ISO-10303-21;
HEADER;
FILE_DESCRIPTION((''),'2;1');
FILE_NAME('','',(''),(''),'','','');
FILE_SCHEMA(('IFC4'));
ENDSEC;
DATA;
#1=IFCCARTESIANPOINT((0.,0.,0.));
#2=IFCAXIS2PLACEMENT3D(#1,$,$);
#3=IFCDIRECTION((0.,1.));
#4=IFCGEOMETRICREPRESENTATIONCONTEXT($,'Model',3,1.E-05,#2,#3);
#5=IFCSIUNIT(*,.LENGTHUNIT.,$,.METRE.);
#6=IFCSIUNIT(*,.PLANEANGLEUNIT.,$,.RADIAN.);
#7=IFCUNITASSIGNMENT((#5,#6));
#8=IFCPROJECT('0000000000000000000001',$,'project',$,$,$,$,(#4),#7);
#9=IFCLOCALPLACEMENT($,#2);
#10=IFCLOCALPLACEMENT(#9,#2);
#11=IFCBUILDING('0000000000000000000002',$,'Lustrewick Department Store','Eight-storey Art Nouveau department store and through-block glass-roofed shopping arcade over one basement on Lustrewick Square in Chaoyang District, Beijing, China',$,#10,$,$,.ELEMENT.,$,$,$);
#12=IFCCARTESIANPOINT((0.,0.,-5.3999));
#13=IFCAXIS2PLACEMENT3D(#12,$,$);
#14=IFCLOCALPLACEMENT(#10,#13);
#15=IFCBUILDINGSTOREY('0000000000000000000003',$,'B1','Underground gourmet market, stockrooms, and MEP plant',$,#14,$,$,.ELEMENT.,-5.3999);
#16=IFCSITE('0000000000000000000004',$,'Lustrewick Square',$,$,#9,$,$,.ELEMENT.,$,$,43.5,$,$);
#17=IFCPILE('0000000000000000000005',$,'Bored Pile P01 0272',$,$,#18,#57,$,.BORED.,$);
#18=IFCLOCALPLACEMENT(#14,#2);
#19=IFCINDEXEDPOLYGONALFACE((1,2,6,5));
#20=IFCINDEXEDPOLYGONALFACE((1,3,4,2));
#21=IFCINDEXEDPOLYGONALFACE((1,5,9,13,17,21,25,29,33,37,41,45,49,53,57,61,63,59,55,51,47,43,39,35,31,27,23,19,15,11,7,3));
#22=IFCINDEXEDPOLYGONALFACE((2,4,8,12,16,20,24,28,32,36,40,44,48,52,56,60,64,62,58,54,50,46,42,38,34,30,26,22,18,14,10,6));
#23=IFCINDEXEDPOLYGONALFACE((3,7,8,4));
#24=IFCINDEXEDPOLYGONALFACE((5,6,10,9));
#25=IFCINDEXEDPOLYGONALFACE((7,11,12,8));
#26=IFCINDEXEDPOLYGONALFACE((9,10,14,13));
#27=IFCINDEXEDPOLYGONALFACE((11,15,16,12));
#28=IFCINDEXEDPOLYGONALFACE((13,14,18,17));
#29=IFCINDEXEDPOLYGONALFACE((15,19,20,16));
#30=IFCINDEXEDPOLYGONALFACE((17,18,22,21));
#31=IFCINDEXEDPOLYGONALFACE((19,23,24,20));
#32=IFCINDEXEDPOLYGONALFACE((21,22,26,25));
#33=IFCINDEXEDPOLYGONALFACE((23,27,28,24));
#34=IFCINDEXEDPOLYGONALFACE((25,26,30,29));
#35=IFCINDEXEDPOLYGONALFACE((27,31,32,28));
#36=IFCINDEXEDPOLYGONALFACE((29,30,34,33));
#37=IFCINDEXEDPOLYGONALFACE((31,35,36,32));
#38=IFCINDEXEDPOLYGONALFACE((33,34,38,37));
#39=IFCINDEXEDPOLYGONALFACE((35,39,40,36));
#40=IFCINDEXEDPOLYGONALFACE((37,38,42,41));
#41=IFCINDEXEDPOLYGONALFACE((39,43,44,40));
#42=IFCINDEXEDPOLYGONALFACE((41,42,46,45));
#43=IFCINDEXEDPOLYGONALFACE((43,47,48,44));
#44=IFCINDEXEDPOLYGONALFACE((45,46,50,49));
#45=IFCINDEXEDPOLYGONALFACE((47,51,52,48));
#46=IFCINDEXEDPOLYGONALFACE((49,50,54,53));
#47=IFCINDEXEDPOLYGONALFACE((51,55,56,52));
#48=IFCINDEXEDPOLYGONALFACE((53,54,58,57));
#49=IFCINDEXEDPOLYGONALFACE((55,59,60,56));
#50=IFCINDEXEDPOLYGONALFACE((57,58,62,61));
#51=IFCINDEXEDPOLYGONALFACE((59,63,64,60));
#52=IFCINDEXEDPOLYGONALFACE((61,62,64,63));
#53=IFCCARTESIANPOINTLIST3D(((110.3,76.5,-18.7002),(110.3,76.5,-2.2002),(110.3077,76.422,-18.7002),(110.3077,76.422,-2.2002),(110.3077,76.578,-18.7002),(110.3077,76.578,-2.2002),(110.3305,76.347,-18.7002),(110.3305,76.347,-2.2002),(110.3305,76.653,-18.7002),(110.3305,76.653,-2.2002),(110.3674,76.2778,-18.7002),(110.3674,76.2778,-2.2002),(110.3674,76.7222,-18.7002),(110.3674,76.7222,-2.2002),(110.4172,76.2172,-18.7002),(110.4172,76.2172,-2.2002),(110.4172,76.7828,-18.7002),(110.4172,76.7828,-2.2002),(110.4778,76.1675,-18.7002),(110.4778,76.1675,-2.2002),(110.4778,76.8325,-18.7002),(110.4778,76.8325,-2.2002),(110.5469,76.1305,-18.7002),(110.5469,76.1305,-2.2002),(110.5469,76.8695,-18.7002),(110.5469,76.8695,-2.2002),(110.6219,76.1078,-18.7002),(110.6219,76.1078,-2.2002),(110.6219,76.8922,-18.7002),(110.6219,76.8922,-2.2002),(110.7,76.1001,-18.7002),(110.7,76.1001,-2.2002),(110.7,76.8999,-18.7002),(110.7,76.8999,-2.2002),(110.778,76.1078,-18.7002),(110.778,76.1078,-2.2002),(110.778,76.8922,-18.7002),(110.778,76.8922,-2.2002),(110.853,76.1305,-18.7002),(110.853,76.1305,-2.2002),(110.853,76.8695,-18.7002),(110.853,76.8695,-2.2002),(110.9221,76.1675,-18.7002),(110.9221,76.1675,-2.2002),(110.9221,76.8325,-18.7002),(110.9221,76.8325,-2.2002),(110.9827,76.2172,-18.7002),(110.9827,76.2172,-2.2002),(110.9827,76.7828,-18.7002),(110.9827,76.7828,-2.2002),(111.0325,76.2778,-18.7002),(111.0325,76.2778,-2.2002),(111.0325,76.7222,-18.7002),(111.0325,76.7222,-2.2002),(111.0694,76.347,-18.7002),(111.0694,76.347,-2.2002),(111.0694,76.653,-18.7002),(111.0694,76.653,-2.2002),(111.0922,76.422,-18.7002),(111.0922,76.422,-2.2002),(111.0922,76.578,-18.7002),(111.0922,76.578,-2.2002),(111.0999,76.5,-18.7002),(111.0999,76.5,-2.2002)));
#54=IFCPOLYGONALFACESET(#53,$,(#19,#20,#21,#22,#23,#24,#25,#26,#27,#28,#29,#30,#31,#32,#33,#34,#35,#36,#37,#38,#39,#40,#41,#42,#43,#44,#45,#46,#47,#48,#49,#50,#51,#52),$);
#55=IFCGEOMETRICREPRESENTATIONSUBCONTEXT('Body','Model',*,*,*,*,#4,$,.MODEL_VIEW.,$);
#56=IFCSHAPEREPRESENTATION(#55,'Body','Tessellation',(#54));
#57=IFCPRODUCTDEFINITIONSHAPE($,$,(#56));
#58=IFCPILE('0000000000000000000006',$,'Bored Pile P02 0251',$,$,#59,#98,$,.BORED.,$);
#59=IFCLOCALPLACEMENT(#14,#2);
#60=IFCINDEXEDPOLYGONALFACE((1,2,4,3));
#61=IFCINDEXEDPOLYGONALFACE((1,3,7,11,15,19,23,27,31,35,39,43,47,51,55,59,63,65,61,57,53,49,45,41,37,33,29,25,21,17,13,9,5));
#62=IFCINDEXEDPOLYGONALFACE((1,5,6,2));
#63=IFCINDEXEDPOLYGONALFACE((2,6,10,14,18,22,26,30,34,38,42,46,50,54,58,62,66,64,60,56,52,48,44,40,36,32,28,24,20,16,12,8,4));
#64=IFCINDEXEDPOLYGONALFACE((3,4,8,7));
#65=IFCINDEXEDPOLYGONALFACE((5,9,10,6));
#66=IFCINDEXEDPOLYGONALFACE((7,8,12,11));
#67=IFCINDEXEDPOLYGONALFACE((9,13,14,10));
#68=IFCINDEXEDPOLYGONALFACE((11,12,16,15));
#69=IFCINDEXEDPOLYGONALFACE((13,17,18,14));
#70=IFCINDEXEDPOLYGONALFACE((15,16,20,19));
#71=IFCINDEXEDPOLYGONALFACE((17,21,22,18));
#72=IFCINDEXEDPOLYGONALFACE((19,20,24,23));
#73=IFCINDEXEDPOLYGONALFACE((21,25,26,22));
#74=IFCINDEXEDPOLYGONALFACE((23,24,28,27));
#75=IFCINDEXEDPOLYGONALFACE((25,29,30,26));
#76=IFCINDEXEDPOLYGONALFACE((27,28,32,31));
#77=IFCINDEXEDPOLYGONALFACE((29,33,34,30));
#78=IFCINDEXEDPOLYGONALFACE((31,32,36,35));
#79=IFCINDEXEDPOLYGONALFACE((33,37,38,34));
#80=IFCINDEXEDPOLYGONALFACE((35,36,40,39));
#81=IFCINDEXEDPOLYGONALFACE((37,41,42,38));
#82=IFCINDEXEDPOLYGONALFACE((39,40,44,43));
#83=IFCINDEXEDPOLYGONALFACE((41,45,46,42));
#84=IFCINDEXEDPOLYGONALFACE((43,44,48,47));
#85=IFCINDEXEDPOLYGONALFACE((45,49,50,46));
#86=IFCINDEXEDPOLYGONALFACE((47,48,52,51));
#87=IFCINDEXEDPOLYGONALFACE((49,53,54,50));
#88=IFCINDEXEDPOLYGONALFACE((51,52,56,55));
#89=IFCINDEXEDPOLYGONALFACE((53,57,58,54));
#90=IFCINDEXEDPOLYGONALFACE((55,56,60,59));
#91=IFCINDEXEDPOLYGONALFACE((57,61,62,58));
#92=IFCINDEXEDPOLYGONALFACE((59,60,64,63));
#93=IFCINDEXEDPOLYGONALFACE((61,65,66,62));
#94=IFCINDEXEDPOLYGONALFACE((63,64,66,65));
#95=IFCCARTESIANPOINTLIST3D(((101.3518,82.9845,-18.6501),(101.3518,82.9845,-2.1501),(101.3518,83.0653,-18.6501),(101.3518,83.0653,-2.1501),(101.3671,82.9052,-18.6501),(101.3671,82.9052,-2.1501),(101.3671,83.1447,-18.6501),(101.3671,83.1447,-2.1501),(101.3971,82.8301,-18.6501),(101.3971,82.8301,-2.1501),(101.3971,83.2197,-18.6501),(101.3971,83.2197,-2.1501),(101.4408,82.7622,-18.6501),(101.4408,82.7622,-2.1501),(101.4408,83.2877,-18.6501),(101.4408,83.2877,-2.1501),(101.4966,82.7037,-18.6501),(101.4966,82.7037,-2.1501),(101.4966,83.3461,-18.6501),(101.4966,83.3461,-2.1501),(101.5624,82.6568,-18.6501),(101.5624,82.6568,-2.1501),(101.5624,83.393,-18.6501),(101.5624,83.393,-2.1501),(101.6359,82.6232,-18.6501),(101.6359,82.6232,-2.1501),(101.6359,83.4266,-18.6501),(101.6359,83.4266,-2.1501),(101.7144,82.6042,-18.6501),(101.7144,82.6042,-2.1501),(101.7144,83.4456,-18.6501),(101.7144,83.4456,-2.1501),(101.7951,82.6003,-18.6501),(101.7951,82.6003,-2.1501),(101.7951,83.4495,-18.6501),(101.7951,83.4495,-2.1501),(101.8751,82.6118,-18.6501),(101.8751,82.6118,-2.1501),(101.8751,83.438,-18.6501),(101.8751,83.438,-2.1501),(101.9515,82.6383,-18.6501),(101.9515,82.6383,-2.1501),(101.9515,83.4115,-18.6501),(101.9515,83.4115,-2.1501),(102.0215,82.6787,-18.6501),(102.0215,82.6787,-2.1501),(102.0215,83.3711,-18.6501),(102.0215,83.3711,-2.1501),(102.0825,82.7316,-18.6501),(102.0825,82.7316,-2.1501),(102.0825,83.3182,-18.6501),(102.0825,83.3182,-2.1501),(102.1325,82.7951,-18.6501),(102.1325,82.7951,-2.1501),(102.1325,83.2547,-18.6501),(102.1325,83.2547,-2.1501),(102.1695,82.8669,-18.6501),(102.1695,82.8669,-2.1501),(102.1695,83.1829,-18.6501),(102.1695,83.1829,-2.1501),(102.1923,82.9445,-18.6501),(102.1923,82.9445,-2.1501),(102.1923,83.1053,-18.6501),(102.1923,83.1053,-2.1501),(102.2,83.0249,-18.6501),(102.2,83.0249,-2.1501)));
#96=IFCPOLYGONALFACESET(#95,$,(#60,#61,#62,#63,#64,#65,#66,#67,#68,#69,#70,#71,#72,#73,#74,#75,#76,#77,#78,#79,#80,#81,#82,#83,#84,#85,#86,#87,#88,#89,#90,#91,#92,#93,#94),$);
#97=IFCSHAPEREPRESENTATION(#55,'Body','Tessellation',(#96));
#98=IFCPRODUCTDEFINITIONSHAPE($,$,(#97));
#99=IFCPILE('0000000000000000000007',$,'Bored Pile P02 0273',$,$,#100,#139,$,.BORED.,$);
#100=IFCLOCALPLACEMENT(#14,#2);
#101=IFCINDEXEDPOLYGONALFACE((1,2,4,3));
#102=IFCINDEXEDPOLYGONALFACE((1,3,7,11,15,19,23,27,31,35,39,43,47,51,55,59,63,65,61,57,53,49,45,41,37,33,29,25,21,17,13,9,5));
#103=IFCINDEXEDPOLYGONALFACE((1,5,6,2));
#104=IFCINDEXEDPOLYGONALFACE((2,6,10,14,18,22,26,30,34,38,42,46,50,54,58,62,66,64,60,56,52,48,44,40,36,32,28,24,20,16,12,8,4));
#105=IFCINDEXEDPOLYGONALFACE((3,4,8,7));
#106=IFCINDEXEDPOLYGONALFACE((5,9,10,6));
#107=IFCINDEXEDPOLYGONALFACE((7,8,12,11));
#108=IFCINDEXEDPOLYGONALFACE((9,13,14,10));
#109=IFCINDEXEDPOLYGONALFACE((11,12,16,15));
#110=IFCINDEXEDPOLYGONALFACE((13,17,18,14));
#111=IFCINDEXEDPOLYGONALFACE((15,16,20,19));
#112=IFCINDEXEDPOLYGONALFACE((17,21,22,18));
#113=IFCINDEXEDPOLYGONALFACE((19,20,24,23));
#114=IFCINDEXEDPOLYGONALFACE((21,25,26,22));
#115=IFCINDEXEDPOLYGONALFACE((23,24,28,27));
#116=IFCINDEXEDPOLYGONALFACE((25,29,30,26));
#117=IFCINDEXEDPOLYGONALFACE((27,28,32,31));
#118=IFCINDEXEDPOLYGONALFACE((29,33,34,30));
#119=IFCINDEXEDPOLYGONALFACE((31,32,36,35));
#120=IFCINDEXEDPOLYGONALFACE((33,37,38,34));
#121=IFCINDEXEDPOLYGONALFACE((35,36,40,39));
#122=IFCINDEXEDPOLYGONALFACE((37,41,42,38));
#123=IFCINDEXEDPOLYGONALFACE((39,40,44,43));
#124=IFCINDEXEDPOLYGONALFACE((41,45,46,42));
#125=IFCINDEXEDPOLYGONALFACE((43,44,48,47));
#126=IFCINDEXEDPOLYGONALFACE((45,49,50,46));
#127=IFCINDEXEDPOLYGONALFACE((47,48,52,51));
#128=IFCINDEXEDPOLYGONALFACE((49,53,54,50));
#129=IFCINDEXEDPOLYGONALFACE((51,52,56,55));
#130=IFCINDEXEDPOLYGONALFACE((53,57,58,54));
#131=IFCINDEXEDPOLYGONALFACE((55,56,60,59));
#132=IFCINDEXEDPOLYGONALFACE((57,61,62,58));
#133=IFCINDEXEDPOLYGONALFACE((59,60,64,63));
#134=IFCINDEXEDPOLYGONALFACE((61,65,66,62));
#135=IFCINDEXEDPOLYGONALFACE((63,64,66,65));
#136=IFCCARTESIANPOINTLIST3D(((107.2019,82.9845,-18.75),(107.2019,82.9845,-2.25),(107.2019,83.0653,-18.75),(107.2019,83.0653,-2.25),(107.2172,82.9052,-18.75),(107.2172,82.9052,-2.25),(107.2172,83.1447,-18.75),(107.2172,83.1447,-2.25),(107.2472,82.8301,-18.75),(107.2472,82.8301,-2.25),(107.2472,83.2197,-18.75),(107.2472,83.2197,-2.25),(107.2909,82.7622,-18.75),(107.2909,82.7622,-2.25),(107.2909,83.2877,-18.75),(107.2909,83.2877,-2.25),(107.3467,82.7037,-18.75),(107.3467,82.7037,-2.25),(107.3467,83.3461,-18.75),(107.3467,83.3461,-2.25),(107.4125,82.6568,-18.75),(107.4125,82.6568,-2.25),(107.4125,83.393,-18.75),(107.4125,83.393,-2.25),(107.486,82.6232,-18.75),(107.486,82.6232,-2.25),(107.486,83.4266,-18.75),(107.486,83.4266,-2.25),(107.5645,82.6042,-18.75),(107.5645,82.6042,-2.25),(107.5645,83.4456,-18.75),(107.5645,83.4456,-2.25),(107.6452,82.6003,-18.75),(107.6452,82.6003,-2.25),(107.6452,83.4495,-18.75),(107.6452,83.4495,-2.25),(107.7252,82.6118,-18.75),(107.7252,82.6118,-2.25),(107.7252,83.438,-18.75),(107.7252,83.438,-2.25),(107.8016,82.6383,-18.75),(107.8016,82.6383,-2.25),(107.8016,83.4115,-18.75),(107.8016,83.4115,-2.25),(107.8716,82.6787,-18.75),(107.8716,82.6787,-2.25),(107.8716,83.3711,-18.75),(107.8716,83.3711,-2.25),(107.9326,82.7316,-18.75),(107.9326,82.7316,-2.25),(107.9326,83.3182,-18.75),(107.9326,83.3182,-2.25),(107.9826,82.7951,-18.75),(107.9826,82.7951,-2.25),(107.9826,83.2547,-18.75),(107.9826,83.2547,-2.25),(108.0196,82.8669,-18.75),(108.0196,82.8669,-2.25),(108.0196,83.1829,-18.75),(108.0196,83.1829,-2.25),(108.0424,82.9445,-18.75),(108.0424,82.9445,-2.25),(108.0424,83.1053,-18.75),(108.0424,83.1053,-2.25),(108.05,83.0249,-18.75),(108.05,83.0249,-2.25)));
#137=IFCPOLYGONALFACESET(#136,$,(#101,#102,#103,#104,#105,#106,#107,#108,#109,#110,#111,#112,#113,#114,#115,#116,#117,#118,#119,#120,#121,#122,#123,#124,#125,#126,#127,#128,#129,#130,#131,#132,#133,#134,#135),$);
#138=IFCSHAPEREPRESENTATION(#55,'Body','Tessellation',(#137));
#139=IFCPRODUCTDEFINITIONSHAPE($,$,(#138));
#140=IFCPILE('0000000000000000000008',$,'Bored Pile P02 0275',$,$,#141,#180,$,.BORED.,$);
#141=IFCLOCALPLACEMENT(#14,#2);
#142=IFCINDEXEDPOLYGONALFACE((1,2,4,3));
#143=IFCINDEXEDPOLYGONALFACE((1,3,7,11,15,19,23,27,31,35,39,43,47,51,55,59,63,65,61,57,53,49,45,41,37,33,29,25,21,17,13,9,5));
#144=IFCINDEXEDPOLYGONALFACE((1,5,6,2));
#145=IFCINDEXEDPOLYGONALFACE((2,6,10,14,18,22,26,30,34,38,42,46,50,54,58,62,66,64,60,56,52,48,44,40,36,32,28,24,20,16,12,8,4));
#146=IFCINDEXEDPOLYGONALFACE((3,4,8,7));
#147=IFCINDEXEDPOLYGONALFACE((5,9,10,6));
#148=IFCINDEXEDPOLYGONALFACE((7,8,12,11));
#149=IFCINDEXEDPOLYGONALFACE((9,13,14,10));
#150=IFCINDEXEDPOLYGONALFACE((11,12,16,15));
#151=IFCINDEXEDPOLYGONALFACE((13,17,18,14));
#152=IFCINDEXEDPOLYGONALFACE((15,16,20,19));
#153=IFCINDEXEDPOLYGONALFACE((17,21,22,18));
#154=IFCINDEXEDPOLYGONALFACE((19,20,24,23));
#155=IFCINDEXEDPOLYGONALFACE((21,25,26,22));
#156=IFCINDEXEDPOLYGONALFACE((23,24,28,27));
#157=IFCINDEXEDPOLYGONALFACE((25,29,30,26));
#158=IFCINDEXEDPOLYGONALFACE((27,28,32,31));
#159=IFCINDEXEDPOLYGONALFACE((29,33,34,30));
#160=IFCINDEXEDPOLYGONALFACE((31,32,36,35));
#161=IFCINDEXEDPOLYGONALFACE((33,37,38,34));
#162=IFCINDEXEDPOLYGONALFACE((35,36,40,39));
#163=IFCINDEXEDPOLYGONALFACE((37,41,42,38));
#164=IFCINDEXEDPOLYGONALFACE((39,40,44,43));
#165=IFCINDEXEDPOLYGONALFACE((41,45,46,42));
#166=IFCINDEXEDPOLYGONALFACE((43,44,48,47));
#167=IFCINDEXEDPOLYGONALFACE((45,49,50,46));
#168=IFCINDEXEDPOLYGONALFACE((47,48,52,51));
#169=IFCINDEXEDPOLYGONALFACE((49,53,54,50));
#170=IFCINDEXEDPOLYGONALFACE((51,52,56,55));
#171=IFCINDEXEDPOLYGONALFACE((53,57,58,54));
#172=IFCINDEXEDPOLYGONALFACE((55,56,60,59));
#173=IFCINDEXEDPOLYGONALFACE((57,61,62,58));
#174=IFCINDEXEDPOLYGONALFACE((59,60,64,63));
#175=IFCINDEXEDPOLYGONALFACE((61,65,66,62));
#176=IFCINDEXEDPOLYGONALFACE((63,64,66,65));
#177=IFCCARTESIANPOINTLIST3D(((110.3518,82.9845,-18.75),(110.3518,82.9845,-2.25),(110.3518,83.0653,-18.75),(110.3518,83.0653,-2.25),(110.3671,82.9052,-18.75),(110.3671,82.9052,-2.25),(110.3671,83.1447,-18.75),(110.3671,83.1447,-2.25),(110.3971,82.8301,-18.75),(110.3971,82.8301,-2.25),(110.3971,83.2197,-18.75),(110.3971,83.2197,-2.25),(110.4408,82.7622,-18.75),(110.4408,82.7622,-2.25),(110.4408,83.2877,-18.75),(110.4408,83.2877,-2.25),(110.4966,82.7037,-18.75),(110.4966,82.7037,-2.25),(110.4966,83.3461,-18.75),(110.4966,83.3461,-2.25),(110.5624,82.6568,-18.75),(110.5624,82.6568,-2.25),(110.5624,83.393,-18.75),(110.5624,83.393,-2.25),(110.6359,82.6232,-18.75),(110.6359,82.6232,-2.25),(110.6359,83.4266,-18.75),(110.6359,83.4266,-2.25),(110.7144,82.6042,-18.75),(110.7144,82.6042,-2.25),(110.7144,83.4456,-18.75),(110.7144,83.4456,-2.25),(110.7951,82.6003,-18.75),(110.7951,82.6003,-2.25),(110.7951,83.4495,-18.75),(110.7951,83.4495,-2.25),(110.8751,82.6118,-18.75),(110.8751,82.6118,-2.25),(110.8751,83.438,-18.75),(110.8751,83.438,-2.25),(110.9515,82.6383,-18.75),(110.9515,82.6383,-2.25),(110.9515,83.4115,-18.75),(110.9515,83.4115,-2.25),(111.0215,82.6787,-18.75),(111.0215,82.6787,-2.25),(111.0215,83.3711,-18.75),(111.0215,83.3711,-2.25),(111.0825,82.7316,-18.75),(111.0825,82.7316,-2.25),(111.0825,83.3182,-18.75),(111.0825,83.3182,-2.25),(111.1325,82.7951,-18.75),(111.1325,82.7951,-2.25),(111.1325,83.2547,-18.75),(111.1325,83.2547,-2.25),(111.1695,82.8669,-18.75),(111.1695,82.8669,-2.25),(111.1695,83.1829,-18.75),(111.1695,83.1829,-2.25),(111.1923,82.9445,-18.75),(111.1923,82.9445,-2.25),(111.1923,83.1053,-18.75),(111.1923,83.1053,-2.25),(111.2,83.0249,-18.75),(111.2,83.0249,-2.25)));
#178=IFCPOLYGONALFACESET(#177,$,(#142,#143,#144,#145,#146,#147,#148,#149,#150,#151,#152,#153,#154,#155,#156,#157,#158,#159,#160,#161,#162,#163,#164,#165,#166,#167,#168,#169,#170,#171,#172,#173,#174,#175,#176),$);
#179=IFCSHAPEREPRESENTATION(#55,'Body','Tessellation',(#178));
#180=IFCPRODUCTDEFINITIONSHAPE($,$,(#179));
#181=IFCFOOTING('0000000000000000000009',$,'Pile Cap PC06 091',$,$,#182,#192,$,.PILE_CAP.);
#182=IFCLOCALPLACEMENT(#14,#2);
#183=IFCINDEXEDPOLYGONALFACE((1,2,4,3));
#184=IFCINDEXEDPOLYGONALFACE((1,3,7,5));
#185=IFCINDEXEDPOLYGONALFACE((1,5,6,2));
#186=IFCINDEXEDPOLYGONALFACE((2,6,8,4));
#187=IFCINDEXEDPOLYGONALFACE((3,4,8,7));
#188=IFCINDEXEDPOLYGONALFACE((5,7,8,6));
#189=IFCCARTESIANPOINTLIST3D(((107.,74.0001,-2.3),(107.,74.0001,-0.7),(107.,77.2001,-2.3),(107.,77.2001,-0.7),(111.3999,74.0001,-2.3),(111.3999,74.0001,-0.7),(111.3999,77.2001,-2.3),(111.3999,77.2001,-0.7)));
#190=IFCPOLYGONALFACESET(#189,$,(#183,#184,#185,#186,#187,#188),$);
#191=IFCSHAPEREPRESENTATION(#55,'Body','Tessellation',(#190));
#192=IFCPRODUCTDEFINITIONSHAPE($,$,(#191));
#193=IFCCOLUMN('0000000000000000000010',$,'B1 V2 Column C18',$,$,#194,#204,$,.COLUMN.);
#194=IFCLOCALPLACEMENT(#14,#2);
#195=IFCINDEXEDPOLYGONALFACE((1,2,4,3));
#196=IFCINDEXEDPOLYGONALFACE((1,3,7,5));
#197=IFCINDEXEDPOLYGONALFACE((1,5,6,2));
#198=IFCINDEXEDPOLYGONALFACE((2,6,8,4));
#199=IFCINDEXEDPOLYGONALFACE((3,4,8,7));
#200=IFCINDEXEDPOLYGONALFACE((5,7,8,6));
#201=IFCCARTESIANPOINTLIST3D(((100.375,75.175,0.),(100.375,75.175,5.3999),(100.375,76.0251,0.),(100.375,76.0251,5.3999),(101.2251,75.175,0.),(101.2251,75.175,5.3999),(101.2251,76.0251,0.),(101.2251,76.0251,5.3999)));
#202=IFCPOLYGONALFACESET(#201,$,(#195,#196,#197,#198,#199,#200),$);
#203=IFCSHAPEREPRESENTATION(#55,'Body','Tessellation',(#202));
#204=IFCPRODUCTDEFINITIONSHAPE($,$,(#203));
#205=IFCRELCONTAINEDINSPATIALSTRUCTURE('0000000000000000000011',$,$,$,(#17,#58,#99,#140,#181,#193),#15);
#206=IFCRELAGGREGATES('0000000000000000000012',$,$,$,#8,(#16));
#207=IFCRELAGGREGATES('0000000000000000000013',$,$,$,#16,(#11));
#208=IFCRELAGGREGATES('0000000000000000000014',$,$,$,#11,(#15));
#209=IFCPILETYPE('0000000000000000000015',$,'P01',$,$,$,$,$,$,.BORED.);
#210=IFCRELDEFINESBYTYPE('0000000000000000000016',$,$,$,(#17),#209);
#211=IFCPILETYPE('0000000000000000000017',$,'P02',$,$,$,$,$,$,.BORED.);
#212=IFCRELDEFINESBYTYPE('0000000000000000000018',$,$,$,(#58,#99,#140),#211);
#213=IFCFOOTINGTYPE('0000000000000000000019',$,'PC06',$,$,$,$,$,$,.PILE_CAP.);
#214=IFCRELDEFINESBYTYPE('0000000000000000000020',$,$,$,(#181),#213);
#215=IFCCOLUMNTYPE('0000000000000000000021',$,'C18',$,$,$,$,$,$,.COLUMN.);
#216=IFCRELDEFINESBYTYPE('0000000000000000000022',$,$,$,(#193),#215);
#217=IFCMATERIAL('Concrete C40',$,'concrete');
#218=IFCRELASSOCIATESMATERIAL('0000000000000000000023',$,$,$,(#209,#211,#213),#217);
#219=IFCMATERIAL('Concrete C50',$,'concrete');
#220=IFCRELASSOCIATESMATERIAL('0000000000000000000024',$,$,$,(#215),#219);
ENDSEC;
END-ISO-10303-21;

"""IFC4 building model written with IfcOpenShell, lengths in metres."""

from ifc_helpers import new_model, si_unit, direction, frame, origin, origin_2d, place, context, subcontext, project, spatial, rectangle, circle, extrude, material, material_profile, profile_set, type_object, element, save


model = new_model("IFC4")

# Units and contexts
model_context = context("Model", 3, precision=1e-05, world=origin(), true_north=direction((0.0, 1.0)))
body_context = subcontext(model_context, "Body", "Model", "MODEL_VIEW")
ifc_project = project(units=[si_unit("LENGTHUNIT", "METRE"), si_unit("PLANEANGLEUNIT", "RADIAN")], contexts=[model_context])

# Site, building, storey
site_placement = place(None, origin())
site = spatial("IfcSite", under=ifc_project, at=site_placement, Name="Lustrewick Square", CompositionType="ELEMENT", RefElevation=43.5)
building_placement = place(site_placement, origin())
building = spatial("IfcBuilding", under=site, at=building_placement, Name="Lustrewick Department Store", Description="Eight-storey Art Nouveau department store and through-block glass-roofed shopping arcade over one basement on Lustrewick Square in Chaoyang District, Beijing, China", CompositionType="ELEMENT")
storey_placement = place(building_placement, frame((0.0, 0.0, -5.3999)))
storey = spatial("IfcBuildingStorey", under=building, at=storey_placement, Name="B1", Description="Underground gourmet market, stockrooms, and MEP plant", CompositionType="ELEMENT", Elevation=-5.3999)

# Piles
ifc_material_1 = material(Name="Concrete C40", Category="concrete")
ifc_material_profile_1 = material_profile(ifc_material_1, circle(Radius=0.3999, at=origin_2d()), Name="PILE D800")
ifc_profile_set_1 = profile_set([ifc_material_profile_1], Name="Concrete C40")
pile_type_1 = type_object("IfcPileType", Name="P01", PredefinedType="BORED", material=ifc_profile_set_1)
for number, where, z_axis, x_axis, name in (
    (1, (110.7, 76.5, -2.2002), (0.0, 0.0, -1.0), (1.0, 0.0, 0.0), "Bored Pile P01 0272"),
):
    element("IfcPile", number, at=place(storey_placement, frame(where, z_axis=z_axis, x_axis=x_axis)), inside=storey, type_object=pile_type_1, Name=name, PredefinedType="BORED", context=body_context, shape_type="SweptSolid", body=[
        extrude(circle(Radius=0.3999, at=origin_2d()), origin(), (0.0, 0.0, 1.0), 16.5),
    ])
ifc_material_profile_2 = material_profile(ifc_material_1, circle(Radius=0.425, at=origin_2d()), Name="PILE D850")
ifc_profile_set_2 = profile_set([ifc_material_profile_2], Name="Concrete C40")
pile_type_2 = type_object("IfcPileType", Name="P02", PredefinedType="BORED", material=ifc_profile_set_2)
for number, where, z_axis, x_axis, name in (
    (2, (101.7749, 83.0249, -2.1501), (0.0, 0.0, -1.0), (1.0, 0.0, 0.0), "Bored Pile P02 0251"),
    (3, (107.625, 83.0249, -2.25), (0.0, 0.0, -1.0), (1.0, 0.0, 0.0), "Bored Pile P02 0273"),
    (4, (110.7749, 83.0249, -2.25), (0.0, 0.0, -1.0), (1.0, 0.0, 0.0), "Bored Pile P02 0275"),
):
    element("IfcPile", number, at=place(storey_placement, frame(where, z_axis=z_axis, x_axis=x_axis)), inside=storey, type_object=pile_type_2, Name=name, PredefinedType="BORED", context=body_context, shape_type="SweptSolid", body=[
        extrude(circle(Radius=0.425, at=origin_2d()), origin(), (0.0, 0.0, 1.0), 16.5),
    ])

# Footing
footing_type = type_object("IfcFootingType", Name="PC06", PredefinedType="PILE_CAP", material=ifc_material_1)
footing_placement = place(storey_placement, frame((109.2, 75.6001, -2.3), z_axis=(0.0, 0.0, 1.0), x_axis=(1.0, 0.0, 0.0)))
element("IfcFooting", 5, at=footing_placement, inside=storey, type_object=footing_type, Name="Pile Cap PC06 091", PredefinedType="PILE_CAP", context=body_context, shape_type="SweptSolid", body=[
    extrude(rectangle(XDim=4.3999, YDim=3.2, at=origin_2d()), origin(), (0.0, 0.0, 1.0), 1.6001),
])

# Column
ifc_material_2 = material(Name="Concrete C50", Category="concrete")
ifc_material_profile_3 = material_profile(ifc_material_2, rectangle(XDim=0.8501, YDim=0.8501, at=origin_2d()), Name="RC 850x850")
ifc_profile_set_3 = profile_set([ifc_material_profile_3], Name="Concrete C50")
column_type_1 = type_object("IfcColumnType", Name="C18", PredefinedType="COLUMN", material=ifc_profile_set_3)
column_1_placement = place(storey_placement, frame((100.8, 75.6001, 0.0), z_axis=(0.0, 0.0, 1.0), x_axis=(1.0, 0.0, 0.0)))
element("IfcColumn", 6, at=column_1_placement, inside=storey, type_object=column_type_1, Name="B1 V2 Column C18", PredefinedType="COLUMN", context=body_context, shape_type="SweptSolid", body=[
    extrude(rectangle(XDim=0.8501, YDim=0.8501, at=origin_2d()), origin(), (0.0, 0.0, 1.0), 5.3999),
])

save(model, "model.ifc")
